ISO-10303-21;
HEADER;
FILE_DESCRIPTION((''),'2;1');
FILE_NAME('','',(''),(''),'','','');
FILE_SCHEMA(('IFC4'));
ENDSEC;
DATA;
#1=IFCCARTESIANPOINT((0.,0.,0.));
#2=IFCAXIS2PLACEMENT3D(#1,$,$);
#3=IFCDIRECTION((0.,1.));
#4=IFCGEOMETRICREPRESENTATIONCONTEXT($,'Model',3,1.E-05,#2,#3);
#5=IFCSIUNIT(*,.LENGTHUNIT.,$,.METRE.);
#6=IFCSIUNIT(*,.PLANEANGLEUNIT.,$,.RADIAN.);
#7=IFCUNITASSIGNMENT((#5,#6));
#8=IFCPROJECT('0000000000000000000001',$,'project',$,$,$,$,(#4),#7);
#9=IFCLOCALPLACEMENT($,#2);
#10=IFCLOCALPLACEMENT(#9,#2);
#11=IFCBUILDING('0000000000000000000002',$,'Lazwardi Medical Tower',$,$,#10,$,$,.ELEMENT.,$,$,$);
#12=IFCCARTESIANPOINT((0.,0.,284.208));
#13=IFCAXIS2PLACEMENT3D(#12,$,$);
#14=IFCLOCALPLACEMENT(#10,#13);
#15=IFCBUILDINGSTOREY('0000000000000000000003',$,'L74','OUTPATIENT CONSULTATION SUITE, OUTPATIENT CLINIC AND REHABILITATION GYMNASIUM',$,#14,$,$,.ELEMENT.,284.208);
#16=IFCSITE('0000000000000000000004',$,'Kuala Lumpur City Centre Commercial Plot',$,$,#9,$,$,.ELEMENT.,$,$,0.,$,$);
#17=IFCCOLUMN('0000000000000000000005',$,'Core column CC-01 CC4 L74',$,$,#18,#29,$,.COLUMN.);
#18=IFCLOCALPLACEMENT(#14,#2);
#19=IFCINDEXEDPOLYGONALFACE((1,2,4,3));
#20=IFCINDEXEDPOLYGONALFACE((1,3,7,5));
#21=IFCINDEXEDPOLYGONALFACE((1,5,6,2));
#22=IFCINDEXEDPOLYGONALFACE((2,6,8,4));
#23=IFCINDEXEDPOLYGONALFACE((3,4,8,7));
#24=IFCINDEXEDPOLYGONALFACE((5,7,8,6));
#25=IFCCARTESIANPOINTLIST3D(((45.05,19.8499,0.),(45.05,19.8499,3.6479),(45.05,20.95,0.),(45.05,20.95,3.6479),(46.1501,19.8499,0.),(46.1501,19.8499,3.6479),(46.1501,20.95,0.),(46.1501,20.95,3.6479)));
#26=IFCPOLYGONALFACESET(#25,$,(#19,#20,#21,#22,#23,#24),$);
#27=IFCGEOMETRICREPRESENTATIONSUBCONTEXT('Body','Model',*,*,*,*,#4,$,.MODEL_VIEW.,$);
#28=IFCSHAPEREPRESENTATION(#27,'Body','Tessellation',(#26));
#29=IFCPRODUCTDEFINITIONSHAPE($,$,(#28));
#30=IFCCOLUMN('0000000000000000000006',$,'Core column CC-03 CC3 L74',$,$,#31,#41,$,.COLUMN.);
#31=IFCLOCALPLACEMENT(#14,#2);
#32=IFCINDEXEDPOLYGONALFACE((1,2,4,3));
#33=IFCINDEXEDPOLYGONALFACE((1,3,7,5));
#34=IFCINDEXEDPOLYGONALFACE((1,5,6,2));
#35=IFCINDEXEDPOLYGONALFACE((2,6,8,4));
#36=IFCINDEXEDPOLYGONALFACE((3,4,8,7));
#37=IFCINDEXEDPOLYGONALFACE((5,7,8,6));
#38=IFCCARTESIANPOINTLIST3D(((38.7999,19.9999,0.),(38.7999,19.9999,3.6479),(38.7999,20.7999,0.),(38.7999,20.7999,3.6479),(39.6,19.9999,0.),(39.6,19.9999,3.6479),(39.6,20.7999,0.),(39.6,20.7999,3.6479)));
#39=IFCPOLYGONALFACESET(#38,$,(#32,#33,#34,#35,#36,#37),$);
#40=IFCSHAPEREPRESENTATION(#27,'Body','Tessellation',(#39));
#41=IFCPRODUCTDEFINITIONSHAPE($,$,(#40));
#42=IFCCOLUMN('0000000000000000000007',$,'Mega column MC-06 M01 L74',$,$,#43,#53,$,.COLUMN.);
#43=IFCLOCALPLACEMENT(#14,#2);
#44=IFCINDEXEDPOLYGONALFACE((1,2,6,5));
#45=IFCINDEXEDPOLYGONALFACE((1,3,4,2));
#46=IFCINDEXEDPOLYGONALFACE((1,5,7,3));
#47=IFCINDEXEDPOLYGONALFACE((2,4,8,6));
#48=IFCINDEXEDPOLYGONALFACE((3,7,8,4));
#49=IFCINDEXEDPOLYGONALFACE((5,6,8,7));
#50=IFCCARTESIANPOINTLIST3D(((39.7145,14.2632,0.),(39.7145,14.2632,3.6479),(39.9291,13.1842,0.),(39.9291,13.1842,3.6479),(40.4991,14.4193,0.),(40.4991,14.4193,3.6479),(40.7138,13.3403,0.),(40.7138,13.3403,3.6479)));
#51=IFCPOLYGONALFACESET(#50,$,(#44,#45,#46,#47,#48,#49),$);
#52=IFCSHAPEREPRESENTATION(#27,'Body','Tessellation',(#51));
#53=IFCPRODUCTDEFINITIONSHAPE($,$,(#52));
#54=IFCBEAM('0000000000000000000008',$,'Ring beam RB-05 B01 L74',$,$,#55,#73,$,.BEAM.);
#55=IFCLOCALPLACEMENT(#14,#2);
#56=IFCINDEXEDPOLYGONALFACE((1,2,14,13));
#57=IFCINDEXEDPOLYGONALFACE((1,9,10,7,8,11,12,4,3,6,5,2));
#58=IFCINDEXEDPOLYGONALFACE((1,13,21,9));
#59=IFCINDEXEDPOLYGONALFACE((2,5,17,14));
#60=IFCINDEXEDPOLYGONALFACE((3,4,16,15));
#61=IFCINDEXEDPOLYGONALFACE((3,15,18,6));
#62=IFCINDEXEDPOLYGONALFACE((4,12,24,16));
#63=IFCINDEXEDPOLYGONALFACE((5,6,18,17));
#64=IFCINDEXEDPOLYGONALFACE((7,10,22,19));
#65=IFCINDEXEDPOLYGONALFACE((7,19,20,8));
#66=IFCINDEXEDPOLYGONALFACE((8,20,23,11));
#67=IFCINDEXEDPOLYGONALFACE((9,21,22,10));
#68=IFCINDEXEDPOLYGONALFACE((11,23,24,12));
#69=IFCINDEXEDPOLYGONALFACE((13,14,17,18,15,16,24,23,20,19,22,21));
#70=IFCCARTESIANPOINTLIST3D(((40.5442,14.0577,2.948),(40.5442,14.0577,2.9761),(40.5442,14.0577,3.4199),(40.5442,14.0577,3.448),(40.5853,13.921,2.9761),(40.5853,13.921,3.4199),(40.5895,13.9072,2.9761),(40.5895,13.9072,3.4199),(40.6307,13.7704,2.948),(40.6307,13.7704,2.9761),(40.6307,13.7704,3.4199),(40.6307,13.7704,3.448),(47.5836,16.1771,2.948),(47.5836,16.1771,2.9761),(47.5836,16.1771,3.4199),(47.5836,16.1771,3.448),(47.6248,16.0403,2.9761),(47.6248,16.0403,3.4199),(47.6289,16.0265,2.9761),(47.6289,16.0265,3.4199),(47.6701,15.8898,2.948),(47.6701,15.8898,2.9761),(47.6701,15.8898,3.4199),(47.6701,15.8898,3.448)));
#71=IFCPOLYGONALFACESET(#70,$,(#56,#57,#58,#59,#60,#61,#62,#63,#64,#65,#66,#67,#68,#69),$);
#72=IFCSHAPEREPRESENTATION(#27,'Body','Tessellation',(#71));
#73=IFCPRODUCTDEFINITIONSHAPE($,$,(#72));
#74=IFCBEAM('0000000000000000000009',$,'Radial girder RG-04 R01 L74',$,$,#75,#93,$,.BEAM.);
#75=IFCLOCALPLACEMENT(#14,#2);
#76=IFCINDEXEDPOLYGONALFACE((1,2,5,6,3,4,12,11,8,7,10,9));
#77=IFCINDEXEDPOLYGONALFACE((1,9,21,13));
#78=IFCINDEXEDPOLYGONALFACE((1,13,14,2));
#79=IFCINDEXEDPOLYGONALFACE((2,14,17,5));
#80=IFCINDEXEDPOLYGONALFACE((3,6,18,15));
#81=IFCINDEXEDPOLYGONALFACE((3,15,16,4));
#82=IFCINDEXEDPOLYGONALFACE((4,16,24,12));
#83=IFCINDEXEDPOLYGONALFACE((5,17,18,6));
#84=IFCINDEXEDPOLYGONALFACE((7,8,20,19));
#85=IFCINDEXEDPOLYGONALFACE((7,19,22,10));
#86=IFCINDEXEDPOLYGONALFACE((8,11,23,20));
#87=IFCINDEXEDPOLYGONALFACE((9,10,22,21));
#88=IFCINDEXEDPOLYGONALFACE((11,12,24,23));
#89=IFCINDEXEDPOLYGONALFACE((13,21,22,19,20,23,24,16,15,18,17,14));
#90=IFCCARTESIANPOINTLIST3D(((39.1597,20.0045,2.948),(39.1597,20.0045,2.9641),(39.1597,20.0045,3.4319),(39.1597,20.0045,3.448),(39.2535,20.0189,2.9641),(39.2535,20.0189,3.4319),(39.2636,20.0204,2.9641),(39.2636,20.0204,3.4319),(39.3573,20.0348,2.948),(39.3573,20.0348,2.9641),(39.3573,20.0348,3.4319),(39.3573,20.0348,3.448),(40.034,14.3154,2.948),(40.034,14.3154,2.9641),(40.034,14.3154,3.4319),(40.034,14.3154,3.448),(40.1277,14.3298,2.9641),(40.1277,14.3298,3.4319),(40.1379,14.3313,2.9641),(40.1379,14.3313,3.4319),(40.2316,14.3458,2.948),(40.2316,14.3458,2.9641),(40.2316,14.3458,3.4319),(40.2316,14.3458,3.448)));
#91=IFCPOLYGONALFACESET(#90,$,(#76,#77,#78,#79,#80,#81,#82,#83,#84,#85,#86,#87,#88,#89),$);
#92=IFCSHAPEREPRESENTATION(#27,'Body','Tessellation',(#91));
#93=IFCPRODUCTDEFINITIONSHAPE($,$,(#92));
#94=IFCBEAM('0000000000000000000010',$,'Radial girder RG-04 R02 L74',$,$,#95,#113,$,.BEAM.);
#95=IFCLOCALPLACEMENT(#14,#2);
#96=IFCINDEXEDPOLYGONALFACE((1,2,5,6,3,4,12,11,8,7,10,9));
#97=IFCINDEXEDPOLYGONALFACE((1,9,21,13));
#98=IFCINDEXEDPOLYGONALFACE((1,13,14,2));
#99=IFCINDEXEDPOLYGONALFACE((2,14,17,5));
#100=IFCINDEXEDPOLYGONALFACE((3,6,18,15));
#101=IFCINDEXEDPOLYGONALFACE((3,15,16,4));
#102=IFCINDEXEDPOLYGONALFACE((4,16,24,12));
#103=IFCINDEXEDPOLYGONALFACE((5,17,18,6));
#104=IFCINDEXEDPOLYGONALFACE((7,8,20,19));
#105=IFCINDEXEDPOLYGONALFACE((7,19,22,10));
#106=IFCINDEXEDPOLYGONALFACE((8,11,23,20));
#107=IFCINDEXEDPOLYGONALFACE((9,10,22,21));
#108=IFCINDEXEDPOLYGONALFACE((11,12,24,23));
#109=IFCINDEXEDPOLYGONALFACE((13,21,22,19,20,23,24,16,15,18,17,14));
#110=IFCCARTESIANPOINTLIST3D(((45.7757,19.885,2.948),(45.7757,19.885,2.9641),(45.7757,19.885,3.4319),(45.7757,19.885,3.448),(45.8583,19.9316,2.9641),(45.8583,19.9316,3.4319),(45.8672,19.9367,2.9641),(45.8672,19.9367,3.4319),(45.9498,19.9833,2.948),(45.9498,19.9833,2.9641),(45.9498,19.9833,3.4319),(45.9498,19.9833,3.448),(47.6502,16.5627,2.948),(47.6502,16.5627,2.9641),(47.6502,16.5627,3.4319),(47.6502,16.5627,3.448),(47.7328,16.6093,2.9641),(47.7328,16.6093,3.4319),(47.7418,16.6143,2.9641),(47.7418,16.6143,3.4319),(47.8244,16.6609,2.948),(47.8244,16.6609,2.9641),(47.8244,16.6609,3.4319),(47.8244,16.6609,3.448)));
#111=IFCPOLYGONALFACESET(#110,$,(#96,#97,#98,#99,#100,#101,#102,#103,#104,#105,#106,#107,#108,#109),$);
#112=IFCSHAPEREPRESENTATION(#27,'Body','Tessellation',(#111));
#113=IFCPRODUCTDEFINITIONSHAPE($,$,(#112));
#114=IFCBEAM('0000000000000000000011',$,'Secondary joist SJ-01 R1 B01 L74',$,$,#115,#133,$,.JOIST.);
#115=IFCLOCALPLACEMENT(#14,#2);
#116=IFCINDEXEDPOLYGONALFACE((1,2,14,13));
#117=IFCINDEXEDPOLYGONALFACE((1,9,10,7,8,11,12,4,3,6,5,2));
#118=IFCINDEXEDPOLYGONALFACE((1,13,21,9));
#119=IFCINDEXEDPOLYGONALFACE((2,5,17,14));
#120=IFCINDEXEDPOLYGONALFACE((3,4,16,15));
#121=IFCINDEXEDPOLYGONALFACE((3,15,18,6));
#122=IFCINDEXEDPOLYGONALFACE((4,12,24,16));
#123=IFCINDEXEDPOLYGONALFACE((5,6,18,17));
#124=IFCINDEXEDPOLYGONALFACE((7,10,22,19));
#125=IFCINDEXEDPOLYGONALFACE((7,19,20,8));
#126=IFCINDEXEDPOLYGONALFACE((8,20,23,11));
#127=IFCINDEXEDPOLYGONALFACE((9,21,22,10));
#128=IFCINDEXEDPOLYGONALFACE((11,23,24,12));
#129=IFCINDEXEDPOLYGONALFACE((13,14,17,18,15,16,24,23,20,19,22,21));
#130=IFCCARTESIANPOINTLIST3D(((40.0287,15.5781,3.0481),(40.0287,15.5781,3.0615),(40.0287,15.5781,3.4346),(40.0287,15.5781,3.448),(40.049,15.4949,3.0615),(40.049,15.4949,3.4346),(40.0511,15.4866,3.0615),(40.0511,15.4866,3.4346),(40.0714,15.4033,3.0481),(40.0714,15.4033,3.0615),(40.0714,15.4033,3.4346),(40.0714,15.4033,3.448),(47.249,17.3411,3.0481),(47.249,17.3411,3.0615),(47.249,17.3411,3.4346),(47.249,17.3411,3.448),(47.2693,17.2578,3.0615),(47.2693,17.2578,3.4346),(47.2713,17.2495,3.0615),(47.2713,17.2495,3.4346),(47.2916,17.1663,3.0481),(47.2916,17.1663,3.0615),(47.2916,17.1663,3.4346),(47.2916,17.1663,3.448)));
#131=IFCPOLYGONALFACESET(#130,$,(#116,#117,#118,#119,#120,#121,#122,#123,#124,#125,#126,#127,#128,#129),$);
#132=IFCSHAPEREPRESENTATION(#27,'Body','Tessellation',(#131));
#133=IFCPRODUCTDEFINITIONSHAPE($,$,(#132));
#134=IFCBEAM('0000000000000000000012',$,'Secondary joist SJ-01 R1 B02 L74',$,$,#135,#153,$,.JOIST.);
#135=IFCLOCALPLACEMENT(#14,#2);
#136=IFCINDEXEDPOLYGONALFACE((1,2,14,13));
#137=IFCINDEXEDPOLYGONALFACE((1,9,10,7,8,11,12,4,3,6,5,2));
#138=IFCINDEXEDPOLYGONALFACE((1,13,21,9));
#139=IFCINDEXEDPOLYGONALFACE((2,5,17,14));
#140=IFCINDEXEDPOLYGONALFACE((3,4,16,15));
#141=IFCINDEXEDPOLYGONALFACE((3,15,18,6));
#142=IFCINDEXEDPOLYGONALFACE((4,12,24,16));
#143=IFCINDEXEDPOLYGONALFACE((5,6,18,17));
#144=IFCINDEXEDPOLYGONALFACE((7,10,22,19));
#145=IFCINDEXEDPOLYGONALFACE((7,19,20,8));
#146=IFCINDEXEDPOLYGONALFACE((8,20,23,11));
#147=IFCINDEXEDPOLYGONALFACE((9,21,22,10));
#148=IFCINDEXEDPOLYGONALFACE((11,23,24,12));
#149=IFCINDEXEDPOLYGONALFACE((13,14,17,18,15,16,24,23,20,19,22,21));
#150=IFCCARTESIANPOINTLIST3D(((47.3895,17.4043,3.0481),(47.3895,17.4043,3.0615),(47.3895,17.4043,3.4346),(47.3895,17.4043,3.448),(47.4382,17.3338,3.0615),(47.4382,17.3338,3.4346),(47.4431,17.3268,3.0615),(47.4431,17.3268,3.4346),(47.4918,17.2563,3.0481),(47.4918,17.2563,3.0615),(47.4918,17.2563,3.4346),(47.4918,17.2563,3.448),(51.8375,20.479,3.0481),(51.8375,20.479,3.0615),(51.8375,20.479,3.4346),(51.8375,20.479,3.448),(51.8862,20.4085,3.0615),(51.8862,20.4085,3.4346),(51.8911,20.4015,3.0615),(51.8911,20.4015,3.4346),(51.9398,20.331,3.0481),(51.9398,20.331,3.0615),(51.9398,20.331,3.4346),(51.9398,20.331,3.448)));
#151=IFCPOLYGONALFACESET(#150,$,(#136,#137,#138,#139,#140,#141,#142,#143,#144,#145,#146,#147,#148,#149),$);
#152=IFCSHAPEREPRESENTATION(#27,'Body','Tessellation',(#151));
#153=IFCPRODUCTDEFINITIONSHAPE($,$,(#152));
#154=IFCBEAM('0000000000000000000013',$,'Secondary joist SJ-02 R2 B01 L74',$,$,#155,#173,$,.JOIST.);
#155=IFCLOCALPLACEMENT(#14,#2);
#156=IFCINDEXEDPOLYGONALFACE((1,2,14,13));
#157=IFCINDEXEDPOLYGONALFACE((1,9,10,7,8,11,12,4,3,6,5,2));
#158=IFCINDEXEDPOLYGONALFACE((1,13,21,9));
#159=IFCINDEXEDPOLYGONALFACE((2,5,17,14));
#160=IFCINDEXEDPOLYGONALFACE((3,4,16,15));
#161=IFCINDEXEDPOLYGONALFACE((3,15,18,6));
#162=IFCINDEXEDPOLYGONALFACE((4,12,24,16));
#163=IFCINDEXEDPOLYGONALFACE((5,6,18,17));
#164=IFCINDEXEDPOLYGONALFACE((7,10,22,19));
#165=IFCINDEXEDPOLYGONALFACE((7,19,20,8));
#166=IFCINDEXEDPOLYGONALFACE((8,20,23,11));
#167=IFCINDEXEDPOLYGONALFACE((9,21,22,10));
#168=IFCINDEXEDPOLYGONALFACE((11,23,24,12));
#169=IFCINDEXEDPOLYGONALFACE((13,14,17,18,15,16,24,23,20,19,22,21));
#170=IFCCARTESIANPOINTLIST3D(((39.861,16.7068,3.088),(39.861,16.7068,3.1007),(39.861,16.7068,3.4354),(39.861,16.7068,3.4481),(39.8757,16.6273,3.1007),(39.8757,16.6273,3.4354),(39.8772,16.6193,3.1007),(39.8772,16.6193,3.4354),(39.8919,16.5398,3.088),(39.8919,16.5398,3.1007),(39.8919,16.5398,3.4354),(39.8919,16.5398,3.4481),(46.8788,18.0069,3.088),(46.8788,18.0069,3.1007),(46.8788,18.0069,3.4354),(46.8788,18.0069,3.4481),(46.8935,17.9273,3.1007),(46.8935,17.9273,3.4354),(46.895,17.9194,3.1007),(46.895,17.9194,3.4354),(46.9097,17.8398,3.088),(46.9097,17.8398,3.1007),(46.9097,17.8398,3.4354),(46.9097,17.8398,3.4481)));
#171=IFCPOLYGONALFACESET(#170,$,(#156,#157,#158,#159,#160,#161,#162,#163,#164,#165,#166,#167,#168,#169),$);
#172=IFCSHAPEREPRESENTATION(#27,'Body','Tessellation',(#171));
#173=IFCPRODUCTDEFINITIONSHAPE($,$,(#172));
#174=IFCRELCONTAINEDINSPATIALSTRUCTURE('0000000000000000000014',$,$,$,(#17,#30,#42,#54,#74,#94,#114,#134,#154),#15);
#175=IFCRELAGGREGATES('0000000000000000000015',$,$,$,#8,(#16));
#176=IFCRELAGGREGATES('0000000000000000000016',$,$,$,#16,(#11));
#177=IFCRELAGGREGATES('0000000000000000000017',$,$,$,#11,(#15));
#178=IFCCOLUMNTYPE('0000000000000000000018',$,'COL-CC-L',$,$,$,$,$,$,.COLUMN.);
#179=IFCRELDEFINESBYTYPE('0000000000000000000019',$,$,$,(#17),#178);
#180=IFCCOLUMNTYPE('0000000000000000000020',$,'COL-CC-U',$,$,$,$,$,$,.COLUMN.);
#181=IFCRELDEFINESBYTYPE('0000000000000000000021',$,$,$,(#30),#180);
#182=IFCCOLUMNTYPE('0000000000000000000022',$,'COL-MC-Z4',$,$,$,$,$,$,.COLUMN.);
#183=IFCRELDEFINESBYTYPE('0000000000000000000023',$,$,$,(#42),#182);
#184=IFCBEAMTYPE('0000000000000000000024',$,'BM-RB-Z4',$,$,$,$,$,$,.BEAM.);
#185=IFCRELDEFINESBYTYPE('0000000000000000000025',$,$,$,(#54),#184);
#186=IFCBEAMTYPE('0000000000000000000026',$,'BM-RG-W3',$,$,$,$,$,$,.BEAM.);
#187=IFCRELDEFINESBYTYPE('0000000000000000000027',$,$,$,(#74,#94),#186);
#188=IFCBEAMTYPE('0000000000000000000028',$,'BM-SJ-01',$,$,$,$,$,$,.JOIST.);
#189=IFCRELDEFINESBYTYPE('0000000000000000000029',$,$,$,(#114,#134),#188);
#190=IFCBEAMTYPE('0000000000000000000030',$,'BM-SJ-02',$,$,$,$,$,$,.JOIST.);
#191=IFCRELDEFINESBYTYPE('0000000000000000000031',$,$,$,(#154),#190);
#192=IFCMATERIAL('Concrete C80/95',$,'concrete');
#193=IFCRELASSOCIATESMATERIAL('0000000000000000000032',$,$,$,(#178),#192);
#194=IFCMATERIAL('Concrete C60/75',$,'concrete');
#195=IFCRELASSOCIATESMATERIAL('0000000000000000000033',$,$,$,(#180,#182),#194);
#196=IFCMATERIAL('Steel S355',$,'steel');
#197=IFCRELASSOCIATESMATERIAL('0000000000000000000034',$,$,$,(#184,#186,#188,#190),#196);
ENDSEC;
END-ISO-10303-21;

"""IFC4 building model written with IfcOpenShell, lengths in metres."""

from ifc_helpers import new_model, si_unit, direction, frame, origin, origin_2d, place, context, subcontext, project, spatial, rectangle, i_section, extrude, material, material_profile, profile_set, type_object, element, save


model = new_model("IFC4")

# Units and contexts
model_context = context("Model", 3, precision=1e-05, world=origin(), true_north=direction((0.0, 1.0)))
body_context = subcontext(model_context, "Body", "Model", "MODEL_VIEW")
ifc_project = project(units=[si_unit("LENGTHUNIT", "METRE"), si_unit("PLANEANGLEUNIT", "RADIAN")], contexts=[model_context])

# Site, building, storey
site_placement = place(None, origin())
site = spatial("IfcSite", under=ifc_project, at=site_placement, Name="Kuala Lumpur City Centre Commercial Plot", CompositionType="ELEMENT", RefElevation=0.0)
building_placement = place(site_placement, origin())
building = spatial("IfcBuilding", under=site, at=building_placement, Name="Lazwardi Medical Tower", CompositionType="ELEMENT")
storey_placement = place(building_placement, frame((0.0, 0.0, 284.208)))
storey = spatial("IfcBuildingStorey", under=building, at=storey_placement, Name="L74", Description="OUTPATIENT CONSULTATION SUITE, OUTPATIENT CLINIC AND REHABILITATION GYMNASIUM", CompositionType="ELEMENT", Elevation=284.208)

# Columns
ifc_material_1 = material(Name="Concrete C80/95", Category="concrete")
ifc_material_profile_1 = material_profile(ifc_material_1, rectangle(XDim=1.1001, YDim=1.1001, at=origin_2d()), Name="RC 1100x1100")
ifc_profile_set_1 = profile_set([ifc_material_profile_1], Name="Concrete C80/95")
column_type_1 = type_object("IfcColumnType", Name="COL-CC-L", PredefinedType="COLUMN", material=ifc_profile_set_1)
column_1_placement = place(storey_placement, frame((45.6001, 20.3999, 0.0), z_axis=(0.0, 0.0, 1.0), x_axis=(1.0, 0.0, 0.0)))
element("IfcColumn", 1, at=column_1_placement, inside=storey, type_object=column_type_1, Name="Core column CC-01 CC4 L74", PredefinedType="COLUMN", context=body_context, shape_type="SweptSolid", body=[
    extrude(rectangle(XDim=1.1001, YDim=1.1001, at=origin_2d()), origin(), (0.0, 0.0, 1.0), 3.6479),
])
ifc_material_2 = material(Name="Concrete C60/75", Category="concrete")
ifc_material_profile_2 = material_profile(ifc_material_2, rectangle(XDim=0.8, YDim=0.8, at=origin_2d()), Name="RC 800x800")
ifc_profile_set_2 = profile_set([ifc_material_profile_2], Name="Concrete C60/75")
column_type_2 = type_object("IfcColumnType", Name="COL-CC-U", PredefinedType="COLUMN", material=ifc_profile_set_2)
column_2_placement = place(storey_placement, frame((39.2, 20.3999, 0.0), z_axis=(0.0, 0.0, 1.0), x_axis=(1.0, 0.0, 0.0)))
element("IfcColumn", 2, at=column_2_placement, inside=storey, type_object=column_type_2, Name="Core column CC-03 CC3 L74", PredefinedType="COLUMN", context=body_context, shape_type="SweptSolid", body=[
    extrude(rectangle(XDim=0.8, YDim=0.8, at=origin_2d()), origin(), (0.0, 0.0, 1.0), 3.6479),
])
ifc_material_profile_3 = material_profile(ifc_material_2, rectangle(XDim=1.1001, YDim=0.8, at=origin_2d()), Name="CFT-RECT 1100x800")
ifc_profile_set_3 = profile_set([ifc_material_profile_3], Name="Concrete C60/75")
column_type_3 = type_object("IfcColumnType", Name="COL-MC-Z4", PredefinedType="COLUMN", material=ifc_profile_set_3)
column_3_placement = place(storey_placement, frame((40.2141, 13.8018, 0.0), z_axis=(0.0, 0.0, 1.0), x_axis=(0.19509, -0.980785, 0.0)))
element("IfcColumn", 3, at=column_3_placement, inside=storey, type_object=column_type_3, Name="Mega column MC-06 M01 L74", PredefinedType="COLUMN", context=body_context, shape_type="SweptSolid", body=[
    extrude(rectangle(XDim=1.1001, YDim=0.8, at=origin_2d()), origin(), (0.0, 0.0, 1.0), 3.6479),
])

# Beams
ifc_material_3 = material(Name="Steel S355", Category="steel")
ifc_material_profile_4 = material_profile(ifc_material_3, i_section(OverallWidth=0.3, OverallDepth=0.5, WebThickness=0.0144, FlangeThickness=0.0281, at=origin_2d()), Name="HEB 500")
ifc_profile_set_4 = profile_set([ifc_material_profile_4], Name="Steel S355")
beam_type_1 = type_object("IfcBeamType", Name="BM-RB-Z4", PredefinedType="BEAM", material=ifc_profile_set_4)
beam_1_placement = place(storey_placement, frame((40.5874, 13.9141, 3.198), z_axis=(0.957544, 0.288286, 0.0), x_axis=(-0.288286, 0.957544, 0.0)))
element("IfcBeam", 4, at=beam_1_placement, inside=storey, type_object=beam_type_1, Name="Ring beam RB-05 B01 L74", PredefinedType="BEAM", context=body_context, shape_type="SweptSolid", body=[
    extrude(i_section(OverallWidth=0.3, OverallDepth=0.5, WebThickness=0.0144, FlangeThickness=0.0281, at=origin_2d()), origin(), (0.0, 0.0, 1.0), 7.3516),
])
ifc_material_profile_5 = material_profile(ifc_material_3, i_section(OverallWidth=0.2, OverallDepth=0.5, WebThickness=0.0103, FlangeThickness=0.0161, at=origin_2d()), Name="IPE 500")
ifc_profile_set_5 = profile_set([ifc_material_profile_5], Name="Steel S355")
beam_type_2 = type_object("IfcBeamType", Name="BM-RG-W3", PredefinedType="BEAM", material=ifc_profile_set_5)
beam_2_placement = place(storey_placement, frame((40.1328, 14.3306, 3.198), z_axis=(-0.151895, 0.988397, 0.0), x_axis=(-0.988397, -0.151895, 0.0)))
element("IfcBeam", 5, at=beam_2_placement, inside=storey, type_object=beam_type_2, Name="Radial girder RG-04 R01 L74", PredefinedType="BEAM", context=body_context, shape_type="SweptSolid", body=[
    extrude(i_section(OverallWidth=0.2, OverallDepth=0.5, WebThickness=0.0103, FlangeThickness=0.0161, at=origin_2d()), origin(), (0.0, 0.0, 1.0), 5.7559),
])
beam_3_placement = place(storey_placement, frame((47.7373, 16.6118, 3.198), z_axis=(-0.491403, 0.870932, 0.0), x_axis=(-0.870932, -0.491403, 0.0)))
element("IfcBeam", 6, at=beam_3_placement, inside=storey, type_object=beam_type_2, Name="Radial girder RG-04 R02 L74", PredefinedType="BEAM", context=body_context, shape_type="SweptSolid", body=[
    extrude(i_section(OverallWidth=0.2, OverallDepth=0.5, WebThickness=0.0103, FlangeThickness=0.0161, at=origin_2d()), origin(), (0.0, 0.0, 1.0), 3.8147),
])
ifc_material_profile_6 = material_profile(ifc_material_3, i_section(OverallWidth=0.1799, OverallDepth=0.3999, WebThickness=0.0085, FlangeThickness=0.0134, at=origin_2d()), Name="IPE 400")
ifc_profile_set_6 = profile_set([ifc_material_profile_6], Name="Steel S355")
beam_type_3 = type_object("IfcBeamType", Name="BM-SJ-01", PredefinedType="JOIST", material=ifc_profile_set_6)
beam_4_placement = place(storey_placement, frame((40.05, 15.4907, 3.248), z_axis=(0.971461, 0.237199, 0.0), x_axis=(-0.237199, 0.971461, 0.0)))
element("IfcBeam", 7, at=beam_4_placement, inside=storey, type_object=beam_type_3, Name="Secondary joist SJ-01 R1 B01 L74", PredefinedType="JOIST", context=body_context, shape_type="SweptSolid", body=[
    extrude(i_section(OverallWidth=0.1799, OverallDepth=0.3999, WebThickness=0.0085, FlangeThickness=0.0134, at=origin_2d()), origin(), (0.0, 0.0, 1.0), 7.4324),
])
beam_5_placement = place(storey_placement, frame((47.4407, 17.3303, 3.248), z_axis=(0.822597, 0.568625, 0.0), x_axis=(-0.568625, 0.822597, 0.0)))
element("IfcBeam", 8, at=beam_5_placement, inside=storey, type_object=beam_type_3, Name="Secondary joist SJ-01 R1 B02 L74", PredefinedType="JOIST", context=body_context, shape_type="SweptSolid", body=[
    extrude(i_section(OverallWidth=0.1799, OverallDepth=0.3999, WebThickness=0.0085, FlangeThickness=0.0134, at=origin_2d()), origin(), (0.0, 0.0, 1.0), 5.4072),
])
ifc_material_profile_7 = material_profile(ifc_material_3, i_section(OverallWidth=0.1699, OverallDepth=0.3601, WebThickness=0.0081, FlangeThickness=0.0127, at=origin_2d()), Name="IPE 360")
ifc_profile_set_7 = profile_set([ifc_material_profile_7], Name="Steel S355")
beam_type_4 = type_object("IfcBeamType", Name="BM-SJ-02", PredefinedType="JOIST", material=ifc_profile_set_7)
beam_6_placement = place(storey_placement, frame((39.8765, 16.6233, 3.2681), z_axis=(0.983271, 0.182151, 0.0), x_axis=(-0.182151, 0.983271, 0.0)))
element("IfcBeam", 9, at=beam_6_placement, inside=storey, type_object=beam_type_4, Name="Secondary joist SJ-02 R2 B01 L74", PredefinedType="JOIST", context=body_context, shape_type="SweptSolid", body=[
    extrude(i_section(OverallWidth=0.1699, OverallDepth=0.3601, WebThickness=0.0081, FlangeThickness=0.0127, at=origin_2d()), origin(), (0.0, 0.0, 1.0), 7.1372),
])

save(model, "model.ifc")
